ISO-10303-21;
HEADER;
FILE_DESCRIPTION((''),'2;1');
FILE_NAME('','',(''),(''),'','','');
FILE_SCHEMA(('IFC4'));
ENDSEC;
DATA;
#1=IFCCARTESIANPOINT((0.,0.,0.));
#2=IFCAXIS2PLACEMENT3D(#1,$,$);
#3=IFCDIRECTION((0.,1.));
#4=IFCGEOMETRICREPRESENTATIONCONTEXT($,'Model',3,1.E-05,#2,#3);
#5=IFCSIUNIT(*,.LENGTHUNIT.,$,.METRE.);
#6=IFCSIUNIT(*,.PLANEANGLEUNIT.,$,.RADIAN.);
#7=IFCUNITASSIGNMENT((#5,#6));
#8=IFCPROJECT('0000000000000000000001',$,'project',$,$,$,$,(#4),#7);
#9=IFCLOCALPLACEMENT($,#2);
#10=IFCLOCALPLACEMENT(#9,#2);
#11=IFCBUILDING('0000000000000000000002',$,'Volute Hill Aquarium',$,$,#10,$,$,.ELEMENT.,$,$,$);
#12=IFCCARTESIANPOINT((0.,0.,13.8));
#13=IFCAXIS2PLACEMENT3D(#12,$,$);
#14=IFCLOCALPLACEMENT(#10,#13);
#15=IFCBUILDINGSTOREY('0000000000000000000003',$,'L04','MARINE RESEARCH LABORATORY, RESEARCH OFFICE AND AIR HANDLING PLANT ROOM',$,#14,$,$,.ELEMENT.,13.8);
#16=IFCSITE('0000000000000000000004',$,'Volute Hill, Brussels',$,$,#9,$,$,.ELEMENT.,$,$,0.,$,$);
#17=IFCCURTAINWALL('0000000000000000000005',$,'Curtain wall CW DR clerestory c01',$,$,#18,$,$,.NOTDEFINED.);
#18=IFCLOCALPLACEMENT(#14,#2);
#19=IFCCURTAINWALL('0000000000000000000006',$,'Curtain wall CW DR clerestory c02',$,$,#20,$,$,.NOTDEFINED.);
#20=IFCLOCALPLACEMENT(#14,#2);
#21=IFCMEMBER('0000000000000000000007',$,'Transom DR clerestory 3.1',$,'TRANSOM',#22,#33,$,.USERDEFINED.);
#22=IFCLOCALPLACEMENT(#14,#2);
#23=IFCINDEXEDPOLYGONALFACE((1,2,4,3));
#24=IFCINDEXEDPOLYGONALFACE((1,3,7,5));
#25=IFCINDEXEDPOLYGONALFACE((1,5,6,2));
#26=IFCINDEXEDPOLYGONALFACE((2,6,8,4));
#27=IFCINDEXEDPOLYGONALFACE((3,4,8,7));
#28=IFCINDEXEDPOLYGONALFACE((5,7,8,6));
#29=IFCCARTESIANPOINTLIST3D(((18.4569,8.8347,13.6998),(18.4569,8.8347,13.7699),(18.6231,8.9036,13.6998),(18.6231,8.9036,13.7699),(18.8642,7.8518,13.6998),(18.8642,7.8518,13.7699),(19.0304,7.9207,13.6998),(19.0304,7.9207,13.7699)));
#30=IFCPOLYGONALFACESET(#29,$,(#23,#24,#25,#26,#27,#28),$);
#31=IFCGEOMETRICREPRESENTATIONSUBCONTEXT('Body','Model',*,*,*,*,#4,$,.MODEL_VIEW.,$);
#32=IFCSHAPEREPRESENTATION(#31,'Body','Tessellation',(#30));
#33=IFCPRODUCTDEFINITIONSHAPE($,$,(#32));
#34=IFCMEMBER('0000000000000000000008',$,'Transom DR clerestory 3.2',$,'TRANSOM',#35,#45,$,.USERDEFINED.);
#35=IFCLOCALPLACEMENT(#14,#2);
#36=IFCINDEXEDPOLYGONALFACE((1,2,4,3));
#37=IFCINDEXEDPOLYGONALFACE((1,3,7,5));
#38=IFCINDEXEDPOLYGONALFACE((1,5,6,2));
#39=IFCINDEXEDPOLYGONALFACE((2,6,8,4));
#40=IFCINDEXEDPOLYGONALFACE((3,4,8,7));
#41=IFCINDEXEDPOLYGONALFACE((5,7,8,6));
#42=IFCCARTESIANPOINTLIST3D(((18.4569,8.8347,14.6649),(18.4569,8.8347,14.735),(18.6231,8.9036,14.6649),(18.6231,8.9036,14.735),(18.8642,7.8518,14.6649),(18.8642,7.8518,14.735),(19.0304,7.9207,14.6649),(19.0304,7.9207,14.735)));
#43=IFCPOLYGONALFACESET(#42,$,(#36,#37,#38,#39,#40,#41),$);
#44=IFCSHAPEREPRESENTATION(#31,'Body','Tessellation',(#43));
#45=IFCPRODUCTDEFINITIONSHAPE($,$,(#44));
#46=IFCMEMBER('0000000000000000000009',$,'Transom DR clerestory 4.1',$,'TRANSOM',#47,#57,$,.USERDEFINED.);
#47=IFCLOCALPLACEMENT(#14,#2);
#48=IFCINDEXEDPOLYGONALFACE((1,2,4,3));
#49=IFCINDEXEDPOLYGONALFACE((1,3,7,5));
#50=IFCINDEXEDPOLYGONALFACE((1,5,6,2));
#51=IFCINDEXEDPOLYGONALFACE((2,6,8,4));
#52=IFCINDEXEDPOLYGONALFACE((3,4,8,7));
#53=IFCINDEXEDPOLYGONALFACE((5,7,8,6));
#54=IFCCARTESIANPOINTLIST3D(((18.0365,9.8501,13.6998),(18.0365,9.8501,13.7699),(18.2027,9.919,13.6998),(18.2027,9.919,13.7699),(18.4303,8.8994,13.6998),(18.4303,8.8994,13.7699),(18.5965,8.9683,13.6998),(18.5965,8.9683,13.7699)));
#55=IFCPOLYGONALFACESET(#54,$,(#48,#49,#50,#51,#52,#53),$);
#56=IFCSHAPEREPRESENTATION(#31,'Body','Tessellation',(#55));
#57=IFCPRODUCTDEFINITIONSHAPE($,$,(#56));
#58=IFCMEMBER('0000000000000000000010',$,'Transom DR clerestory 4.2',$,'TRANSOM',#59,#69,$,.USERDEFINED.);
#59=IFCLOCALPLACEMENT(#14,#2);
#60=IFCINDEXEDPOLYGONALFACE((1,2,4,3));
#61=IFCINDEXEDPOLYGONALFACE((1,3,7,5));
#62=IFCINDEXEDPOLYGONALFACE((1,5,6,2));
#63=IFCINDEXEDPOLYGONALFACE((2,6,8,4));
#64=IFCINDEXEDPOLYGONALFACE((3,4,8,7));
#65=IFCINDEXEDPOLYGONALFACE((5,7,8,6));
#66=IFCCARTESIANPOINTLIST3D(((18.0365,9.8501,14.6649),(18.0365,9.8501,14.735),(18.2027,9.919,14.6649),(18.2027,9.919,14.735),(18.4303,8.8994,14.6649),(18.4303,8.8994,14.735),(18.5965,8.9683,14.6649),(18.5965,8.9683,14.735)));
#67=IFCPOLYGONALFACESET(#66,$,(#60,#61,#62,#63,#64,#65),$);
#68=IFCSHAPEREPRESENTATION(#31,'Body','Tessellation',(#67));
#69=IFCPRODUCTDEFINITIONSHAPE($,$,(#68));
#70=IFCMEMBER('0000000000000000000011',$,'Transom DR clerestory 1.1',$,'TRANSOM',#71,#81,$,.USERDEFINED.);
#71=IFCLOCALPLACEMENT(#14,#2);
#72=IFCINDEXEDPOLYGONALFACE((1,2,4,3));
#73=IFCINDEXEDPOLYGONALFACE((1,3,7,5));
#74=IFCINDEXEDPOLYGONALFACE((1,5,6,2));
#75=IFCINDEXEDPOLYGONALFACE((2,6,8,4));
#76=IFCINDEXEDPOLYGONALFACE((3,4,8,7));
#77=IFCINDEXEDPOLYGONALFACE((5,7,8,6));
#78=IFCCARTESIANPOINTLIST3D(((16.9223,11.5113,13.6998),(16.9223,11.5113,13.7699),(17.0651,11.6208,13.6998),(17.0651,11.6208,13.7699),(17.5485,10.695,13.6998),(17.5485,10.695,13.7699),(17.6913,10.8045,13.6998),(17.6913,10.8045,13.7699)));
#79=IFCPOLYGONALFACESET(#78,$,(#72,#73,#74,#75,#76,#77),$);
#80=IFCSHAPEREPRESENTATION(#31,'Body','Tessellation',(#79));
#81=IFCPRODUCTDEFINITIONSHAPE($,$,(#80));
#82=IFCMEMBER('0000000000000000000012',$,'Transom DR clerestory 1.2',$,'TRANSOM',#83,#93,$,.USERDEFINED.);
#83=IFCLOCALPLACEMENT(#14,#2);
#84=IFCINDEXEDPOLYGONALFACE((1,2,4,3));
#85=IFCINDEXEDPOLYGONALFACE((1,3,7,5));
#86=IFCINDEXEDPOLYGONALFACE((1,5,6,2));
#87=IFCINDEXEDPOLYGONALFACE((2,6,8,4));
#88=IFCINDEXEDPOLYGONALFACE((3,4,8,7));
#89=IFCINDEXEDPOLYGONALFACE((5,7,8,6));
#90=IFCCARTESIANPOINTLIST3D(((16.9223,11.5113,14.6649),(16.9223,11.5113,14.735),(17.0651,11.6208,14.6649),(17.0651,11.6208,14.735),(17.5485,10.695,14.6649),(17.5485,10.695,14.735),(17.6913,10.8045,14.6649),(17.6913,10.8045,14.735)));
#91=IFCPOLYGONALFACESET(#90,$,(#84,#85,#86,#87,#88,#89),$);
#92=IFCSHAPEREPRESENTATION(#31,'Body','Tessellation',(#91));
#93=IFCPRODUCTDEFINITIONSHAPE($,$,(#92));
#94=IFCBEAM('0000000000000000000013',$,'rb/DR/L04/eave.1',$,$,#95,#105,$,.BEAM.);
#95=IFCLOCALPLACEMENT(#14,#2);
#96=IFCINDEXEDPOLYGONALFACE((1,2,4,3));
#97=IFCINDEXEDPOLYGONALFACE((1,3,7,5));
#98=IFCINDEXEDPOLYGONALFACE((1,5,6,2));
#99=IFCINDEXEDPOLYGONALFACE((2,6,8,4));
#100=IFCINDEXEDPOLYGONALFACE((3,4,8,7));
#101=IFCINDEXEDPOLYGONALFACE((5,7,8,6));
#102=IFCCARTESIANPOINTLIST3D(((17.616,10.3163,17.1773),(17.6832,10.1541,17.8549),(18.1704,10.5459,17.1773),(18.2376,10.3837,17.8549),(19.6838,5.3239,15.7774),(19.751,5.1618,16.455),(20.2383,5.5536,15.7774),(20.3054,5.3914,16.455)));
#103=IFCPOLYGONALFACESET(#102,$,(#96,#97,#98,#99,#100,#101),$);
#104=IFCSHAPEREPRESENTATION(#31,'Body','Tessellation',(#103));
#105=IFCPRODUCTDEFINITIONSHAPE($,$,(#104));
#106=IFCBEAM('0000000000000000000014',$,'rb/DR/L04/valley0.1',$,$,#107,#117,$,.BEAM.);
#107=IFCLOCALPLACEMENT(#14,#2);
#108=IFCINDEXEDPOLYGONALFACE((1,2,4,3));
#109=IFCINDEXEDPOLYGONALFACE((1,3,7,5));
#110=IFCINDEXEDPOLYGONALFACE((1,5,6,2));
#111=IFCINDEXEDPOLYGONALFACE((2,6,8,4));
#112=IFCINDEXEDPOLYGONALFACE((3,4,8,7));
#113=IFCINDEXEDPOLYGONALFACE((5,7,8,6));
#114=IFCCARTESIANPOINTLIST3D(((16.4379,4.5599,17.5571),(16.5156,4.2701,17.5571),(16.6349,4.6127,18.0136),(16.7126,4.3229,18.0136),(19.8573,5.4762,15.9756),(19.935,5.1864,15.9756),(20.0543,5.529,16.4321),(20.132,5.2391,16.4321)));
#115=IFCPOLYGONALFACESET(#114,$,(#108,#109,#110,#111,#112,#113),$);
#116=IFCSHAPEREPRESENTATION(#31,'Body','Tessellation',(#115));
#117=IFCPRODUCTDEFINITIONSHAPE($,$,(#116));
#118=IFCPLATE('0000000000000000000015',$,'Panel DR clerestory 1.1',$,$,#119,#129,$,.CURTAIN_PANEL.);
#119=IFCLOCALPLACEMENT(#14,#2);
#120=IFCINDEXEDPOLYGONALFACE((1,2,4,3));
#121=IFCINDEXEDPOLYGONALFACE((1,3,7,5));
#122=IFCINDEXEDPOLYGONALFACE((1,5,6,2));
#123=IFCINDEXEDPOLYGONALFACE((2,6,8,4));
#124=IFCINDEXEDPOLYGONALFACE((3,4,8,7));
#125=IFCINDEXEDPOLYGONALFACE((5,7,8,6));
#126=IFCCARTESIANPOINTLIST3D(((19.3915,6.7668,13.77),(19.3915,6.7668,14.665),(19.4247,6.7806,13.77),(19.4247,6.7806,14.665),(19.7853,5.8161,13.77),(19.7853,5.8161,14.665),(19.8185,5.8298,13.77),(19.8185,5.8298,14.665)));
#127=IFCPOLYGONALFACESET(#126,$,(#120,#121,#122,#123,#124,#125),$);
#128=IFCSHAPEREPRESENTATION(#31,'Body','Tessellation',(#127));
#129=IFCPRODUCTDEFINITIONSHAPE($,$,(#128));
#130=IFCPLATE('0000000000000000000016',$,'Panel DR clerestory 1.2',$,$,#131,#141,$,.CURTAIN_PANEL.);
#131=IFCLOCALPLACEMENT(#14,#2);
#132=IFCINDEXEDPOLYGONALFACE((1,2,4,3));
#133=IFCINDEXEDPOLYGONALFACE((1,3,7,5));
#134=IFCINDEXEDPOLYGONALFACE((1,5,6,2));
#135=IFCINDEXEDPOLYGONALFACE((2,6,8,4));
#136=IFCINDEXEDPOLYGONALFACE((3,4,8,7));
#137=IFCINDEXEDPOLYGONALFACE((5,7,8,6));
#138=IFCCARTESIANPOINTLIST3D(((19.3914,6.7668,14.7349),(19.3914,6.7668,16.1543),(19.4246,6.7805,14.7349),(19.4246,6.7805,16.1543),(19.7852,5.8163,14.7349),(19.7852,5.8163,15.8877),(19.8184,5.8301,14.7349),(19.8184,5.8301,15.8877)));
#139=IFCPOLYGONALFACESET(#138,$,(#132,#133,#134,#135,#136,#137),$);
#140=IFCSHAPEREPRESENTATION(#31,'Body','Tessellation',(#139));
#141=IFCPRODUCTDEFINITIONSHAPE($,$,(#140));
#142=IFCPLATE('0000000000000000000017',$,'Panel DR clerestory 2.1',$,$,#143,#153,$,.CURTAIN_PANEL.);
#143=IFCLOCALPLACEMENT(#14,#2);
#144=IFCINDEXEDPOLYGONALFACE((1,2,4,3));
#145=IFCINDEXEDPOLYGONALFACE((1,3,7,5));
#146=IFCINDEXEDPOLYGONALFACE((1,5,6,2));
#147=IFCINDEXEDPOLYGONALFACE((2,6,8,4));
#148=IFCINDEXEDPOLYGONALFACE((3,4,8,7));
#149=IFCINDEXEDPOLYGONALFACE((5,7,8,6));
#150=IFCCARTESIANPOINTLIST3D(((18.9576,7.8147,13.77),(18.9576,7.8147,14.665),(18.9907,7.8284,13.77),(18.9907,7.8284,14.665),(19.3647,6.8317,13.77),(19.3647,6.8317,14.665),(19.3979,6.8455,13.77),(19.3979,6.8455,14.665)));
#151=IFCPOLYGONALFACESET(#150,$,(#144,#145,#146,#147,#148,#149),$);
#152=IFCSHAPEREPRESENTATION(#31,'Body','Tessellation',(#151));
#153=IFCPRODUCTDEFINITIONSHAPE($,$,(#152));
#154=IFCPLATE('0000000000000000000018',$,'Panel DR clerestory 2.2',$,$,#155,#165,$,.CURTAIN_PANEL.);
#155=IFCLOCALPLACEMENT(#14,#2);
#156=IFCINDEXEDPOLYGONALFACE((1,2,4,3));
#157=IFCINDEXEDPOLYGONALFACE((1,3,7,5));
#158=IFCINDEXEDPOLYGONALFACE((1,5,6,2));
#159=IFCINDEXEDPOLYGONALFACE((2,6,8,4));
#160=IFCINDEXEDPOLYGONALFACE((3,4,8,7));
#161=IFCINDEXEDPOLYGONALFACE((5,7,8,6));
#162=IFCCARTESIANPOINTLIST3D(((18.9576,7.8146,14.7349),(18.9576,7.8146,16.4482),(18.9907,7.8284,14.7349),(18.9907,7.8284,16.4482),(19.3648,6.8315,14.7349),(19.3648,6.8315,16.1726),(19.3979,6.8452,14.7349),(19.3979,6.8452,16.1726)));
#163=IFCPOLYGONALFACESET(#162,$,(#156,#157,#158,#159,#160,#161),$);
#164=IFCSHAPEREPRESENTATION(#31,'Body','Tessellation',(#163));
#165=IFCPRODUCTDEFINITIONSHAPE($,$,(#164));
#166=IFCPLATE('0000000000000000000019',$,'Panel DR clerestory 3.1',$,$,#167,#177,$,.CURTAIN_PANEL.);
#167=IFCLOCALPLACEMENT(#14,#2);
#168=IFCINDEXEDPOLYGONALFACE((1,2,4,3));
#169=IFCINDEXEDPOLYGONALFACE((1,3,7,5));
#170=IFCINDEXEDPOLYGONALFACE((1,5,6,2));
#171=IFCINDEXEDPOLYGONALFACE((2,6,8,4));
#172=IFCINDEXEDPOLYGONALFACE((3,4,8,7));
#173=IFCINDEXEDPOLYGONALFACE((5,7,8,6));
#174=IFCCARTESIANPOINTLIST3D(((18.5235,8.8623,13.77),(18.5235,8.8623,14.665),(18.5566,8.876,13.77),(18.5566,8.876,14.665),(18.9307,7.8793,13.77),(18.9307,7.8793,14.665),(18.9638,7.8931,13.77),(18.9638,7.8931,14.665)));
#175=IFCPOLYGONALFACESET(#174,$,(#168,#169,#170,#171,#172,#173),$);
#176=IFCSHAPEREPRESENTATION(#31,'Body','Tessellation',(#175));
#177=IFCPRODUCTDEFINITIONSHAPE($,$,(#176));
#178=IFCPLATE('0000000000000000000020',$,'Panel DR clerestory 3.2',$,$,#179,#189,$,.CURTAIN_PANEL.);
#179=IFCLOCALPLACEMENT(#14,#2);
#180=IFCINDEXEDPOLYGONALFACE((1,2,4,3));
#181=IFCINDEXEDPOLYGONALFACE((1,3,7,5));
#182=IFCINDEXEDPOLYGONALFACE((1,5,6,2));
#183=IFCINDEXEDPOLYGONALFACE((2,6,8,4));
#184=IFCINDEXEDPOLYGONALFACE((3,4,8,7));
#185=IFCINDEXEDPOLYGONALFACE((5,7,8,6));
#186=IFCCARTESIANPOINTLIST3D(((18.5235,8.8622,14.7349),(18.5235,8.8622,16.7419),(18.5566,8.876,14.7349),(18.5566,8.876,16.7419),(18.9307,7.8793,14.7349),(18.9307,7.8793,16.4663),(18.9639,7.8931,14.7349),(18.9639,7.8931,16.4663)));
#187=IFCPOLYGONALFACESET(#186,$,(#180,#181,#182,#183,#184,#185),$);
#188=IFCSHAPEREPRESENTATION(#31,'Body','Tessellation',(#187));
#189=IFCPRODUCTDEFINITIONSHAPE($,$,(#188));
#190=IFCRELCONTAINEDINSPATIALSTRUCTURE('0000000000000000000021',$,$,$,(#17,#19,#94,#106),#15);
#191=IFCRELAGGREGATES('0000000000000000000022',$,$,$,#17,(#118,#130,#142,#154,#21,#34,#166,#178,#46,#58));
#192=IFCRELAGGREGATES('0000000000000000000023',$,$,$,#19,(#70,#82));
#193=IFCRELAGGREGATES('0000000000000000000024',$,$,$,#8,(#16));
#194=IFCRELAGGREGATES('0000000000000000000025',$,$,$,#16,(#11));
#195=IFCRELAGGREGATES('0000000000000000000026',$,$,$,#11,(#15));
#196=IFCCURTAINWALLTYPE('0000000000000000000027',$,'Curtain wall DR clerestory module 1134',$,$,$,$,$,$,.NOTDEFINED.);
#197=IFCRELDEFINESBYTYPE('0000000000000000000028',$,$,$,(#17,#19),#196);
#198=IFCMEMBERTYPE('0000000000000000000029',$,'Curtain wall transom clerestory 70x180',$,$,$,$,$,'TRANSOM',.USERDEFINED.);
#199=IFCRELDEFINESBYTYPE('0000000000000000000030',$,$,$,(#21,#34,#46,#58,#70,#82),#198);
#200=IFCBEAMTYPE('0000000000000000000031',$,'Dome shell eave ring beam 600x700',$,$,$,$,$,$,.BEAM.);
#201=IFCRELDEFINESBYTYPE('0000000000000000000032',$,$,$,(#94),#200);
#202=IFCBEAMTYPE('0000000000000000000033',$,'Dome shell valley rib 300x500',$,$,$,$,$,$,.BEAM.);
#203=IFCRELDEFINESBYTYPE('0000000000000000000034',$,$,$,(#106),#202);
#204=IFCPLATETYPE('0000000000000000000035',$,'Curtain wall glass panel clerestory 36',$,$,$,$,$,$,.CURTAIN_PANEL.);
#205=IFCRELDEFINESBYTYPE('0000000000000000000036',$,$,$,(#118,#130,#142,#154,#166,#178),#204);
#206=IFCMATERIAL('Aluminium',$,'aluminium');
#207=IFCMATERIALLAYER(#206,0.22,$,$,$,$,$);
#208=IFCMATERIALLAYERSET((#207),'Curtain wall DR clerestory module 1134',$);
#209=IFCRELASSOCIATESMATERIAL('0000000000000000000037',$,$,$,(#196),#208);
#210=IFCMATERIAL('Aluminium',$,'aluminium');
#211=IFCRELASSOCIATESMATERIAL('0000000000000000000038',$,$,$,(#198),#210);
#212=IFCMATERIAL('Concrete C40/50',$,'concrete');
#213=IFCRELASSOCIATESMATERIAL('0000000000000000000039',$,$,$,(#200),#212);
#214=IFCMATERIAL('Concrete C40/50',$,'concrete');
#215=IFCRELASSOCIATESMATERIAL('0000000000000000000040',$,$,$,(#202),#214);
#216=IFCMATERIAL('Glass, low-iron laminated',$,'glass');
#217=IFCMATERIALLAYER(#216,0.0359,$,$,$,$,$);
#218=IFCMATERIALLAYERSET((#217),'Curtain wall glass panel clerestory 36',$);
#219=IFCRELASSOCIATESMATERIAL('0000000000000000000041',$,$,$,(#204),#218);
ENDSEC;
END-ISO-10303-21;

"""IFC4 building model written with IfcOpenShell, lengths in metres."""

from ifc_helpers import new_model, si_unit, direction, frame, origin, origin_2d, place, context, subcontext, project, spatial, polyline, rectangle, outline, extrude, material, layer, layer_set, material_profile, profile_set, type_object, element, aggregate, save


model = new_model("IFC4")

# Units and contexts
model_context = context("Model", 3, precision=1e-05, world=origin(), true_north=direction((0.0, 1.0)))
body_context = subcontext(model_context, "Body", "Model", "MODEL_VIEW")
ifc_project = project(units=[si_unit("LENGTHUNIT", "METRE"), si_unit("PLANEANGLEUNIT", "RADIAN")], contexts=[model_context])

# Site, building, storey
site_placement = place(None, origin())
site = spatial("IfcSite", under=ifc_project, at=site_placement, Name="Volute Hill, Brussels", CompositionType="ELEMENT", RefElevation=0.0)
building_placement = place(site_placement, origin())
building = spatial("IfcBuilding", under=site, at=building_placement, Name="Volute Hill Aquarium", CompositionType="ELEMENT")
storey_placement = place(building_placement, frame((0.0, 0.0, 13.8)))
storey = spatial("IfcBuildingStorey", under=building, at=storey_placement, Name="L04", Description="MARINE RESEARCH LABORATORY, RESEARCH OFFICE AND AIR HANDLING PLANT ROOM", CompositionType="ELEMENT", Elevation=13.8)

# Curtain wall
ifc_material_1 = material(Name="Aluminium", Category="aluminium")
ifc_layer_1 = layer(ifc_material_1, 0.22)
ifc_layer_set_1 = layer_set([ifc_layer_1], Name="Curtain wall DR clerestory module 1134")
curtain_wall_type = type_object("IfcCurtainWallType", Name="Curtain wall DR clerestory module 1134", PredefinedType="NOTDEFINED", material=ifc_layer_set_1)
curtain_wall_1_placement = place(storey_placement, origin())
curtain_wall_1 = element("IfcCurtainWall", 1, at=curtain_wall_1_placement, inside=storey, type_object=curtain_wall_type, Name="Curtain wall CW DR clerestory c01", PredefinedType="NOTDEFINED")

# Curtain wall
curtain_wall_2_placement = place(storey_placement, origin())
curtain_wall_2 = element("IfcCurtainWall", 2, at=curtain_wall_2_placement, inside=storey, type_object=curtain_wall_type, Name="Curtain wall CW DR clerestory c02", PredefinedType="NOTDEFINED")

# Members
ifc_material_2 = material(Name="Aluminium", Category="aluminium")
ifc_material_profile_1 = material_profile(ifc_material_2, rectangle(XDim=0.1799, YDim=0.0701, at=origin_2d()), Name="Curtain wall transom clerestory 70x180")
ifc_profile_set_1 = profile_set([ifc_material_profile_1], Name="Aluminium")
member_type_1 = type_object("IfcMemberType", Name="Curtain wall transom clerestory 70x180", ElementType="TRANSOM", PredefinedType="USERDEFINED", material=ifc_profile_set_1)
member_1_placement = place(storey_placement, frame((18.9473, 7.8862, 13.7349), z_axis=(-0.382757, 0.923849, 0.0), x_axis=(-0.923849, -0.382757, 0.0)))
member_1 = element("IfcMember", 3, at=member_1_placement, type_object=member_type_1, Name="Transom DR clerestory 3.1", ObjectType="TRANSOM", PredefinedType="USERDEFINED", context=body_context, shape_type="SweptSolid", body=[
    extrude(rectangle(XDim=0.1799, YDim=0.0701, at=origin_2d()), origin(), (0.0, 0.0, 1.0), 1.064),
])
member_2_placement = place(storey_placement, frame((18.9473, 7.8862, 14.7), z_axis=(-0.382757, 0.923849, 0.0), x_axis=(-0.923849, -0.382757, 0.0)))
member_2 = element("IfcMember", 4, at=member_2_placement, type_object=member_type_1, Name="Transom DR clerestory 3.2", ObjectType="TRANSOM", PredefinedType="USERDEFINED", context=body_context, shape_type="SweptSolid", body=[
    extrude(rectangle(XDim=0.1799, YDim=0.0701, at=origin_2d()), origin(), (0.0, 0.0, 1.0), 1.064),
])
member_3_placement = place(storey_placement, frame((18.5134, 8.9338, 13.7349), z_axis=(-0.382694, 0.923875, 0.0), x_axis=(-0.923875, -0.382694, 0.0)))
member_3 = element("IfcMember", 5, at=member_3_placement, type_object=member_type_1, Name="Transom DR clerestory 4.1", ObjectType="TRANSOM", PredefinedType="USERDEFINED", context=body_context, shape_type="SweptSolid", body=[
    extrude(rectangle(XDim=0.1799, YDim=0.0701, at=origin_2d()), origin(), (0.0, 0.0, 1.0), 1.0291),
])
member_4_placement = place(storey_placement, frame((18.5134, 8.9338, 14.7), z_axis=(-0.382694, 0.923875, 0.0), x_axis=(-0.923875, -0.382694, 0.0)))
member_4 = element("IfcMember", 6, at=member_4_placement, type_object=member_type_1, Name="Transom DR clerestory 4.2", ObjectType="TRANSOM", PredefinedType="USERDEFINED", context=body_context, shape_type="SweptSolid", body=[
    extrude(rectangle(XDim=0.1799, YDim=0.0701, at=origin_2d()), origin(), (0.0, 0.0, 1.0), 1.0291),
])
member_5_placement = place(storey_placement, frame((17.6199, 10.7498, 13.7349), z_axis=(-0.608621, 0.793461, 0.0), x_axis=(-0.793461, -0.608621, 0.0)))
member_5 = element("IfcMember", 7, at=member_5_placement, type_object=member_type_1, Name="Transom DR clerestory 1.1", ObjectType="TRANSOM", PredefinedType="USERDEFINED", context=body_context, shape_type="SweptSolid", body=[
    extrude(rectangle(XDim=0.1799, YDim=0.0701, at=origin_2d()), origin(), (0.0, 0.0, 1.0), 1.0288),
])
member_6_placement = place(storey_placement, frame((17.6199, 10.7498, 14.7), z_axis=(-0.608621, 0.793461, 0.0), x_axis=(-0.793461, -0.608621, 0.0)))
member_6 = element("IfcMember", 8, at=member_6_placement, type_object=member_type_1, Name="Transom DR clerestory 1.2", ObjectType="TRANSOM", PredefinedType="USERDEFINED", context=body_context, shape_type="SweptSolid", body=[
    extrude(rectangle(XDim=0.1799, YDim=0.0701, at=origin_2d()), origin(), (0.0, 0.0, 1.0), 1.0288),
])

# Beams
ifc_material_3 = material(Name="Concrete C40/50", Category="concrete")
ifc_material_profile_2 = material_profile(ifc_material_3, rectangle(XDim=0.6001, YDim=0.7, at=origin_2d()), Name="RC beam 600x700")
ifc_profile_set_2 = profile_set([ifc_material_profile_2], Name="Concrete C40/50")
beam_type_1 = type_object("IfcBeamType", Name="Dome shell eave ring beam 600x700", PredefinedType="BEAM", material=ifc_profile_set_2)
beam_1_placement = place(storey_placement, frame((19.9946, 5.3577, 16.1162), z_axis=(-0.370445, 0.894359, 0.250783), x_axis=(-0.923884, -0.382674, 0.0)))
element("IfcBeam", 9, at=beam_1_placement, inside=storey, type_object=beam_type_1, Name="rb/DR/L04/eave.1", PredefinedType="BEAM", context=body_context, shape_type="SweptSolid", body=[
    extrude(rectangle(XDim=0.6001, YDim=0.7, at=origin_2d()), origin(), (0.0, 0.0, 1.0), 5.582),
])
ifc_material_4 = material(Name="Concrete C40/50", Category="concrete")
ifc_material_profile_3 = material_profile(ifc_material_4, rectangle(XDim=0.3, YDim=0.5, at=origin_2d()), Name="RC rib 300x500")
ifc_profile_set_3 = profile_set([ifc_material_profile_3], Name="Concrete C40/50")
beam_type_2 = type_object("IfcBeamType", Name="Dome shell valley rib 300x500", PredefinedType="BEAM", material=ifc_profile_set_3)
beam_2_placement = place(storey_placement, frame((19.9946, 5.3577, 16.2039), z_axis=(-0.881915, -0.236315, 0.4079), x_axis=(0.258826, -0.965924, 0.0)))
element("IfcBeam", 10, at=beam_2_placement, inside=storey, type_object=beam_type_2, Name="rb/DR/L04/valley0.1", PredefinedType="BEAM", context=body_context, shape_type="SweptSolid", body=[
    extrude(rectangle(XDim=0.3, YDim=0.5, at=origin_2d()), origin(), (0.0, 0.0, 1.0), 3.8772),
])

# Plates
ifc_material_5 = material(Name="Glass, low-iron laminated", Category="glass")
ifc_layer_2 = layer(ifc_material_5, 0.0359)
ifc_layer_set_2 = layer_set([ifc_layer_2], Name="Curtain wall glass panel clerestory 36")
plate_type = type_object("IfcPlateType", Name="Curtain wall glass panel clerestory 36", PredefinedType="CURTAIN_PANEL", material=ifc_layer_set_2)
plate_1_placement = place(storey_placement, frame((19.605, 6.2983, 13.77), z_axis=(0.0, 0.0, 1.0), x_axis=(-0.382696, 0.923874, 0.0)))
plate_1 = element("IfcPlate", 11, at=plate_1_placement, type_object=plate_type, Name="Panel DR clerestory 1.1", PredefinedType="CURTAIN_PANEL", context=body_context, shape_type="SweptSolid", body=[
    extrude(rectangle(XDim=1.0291, YDim=0.0359, at=origin_2d()), origin(), (0.0, 0.0, 1.0), 0.895),
])
plate_2_placement = place(storey_placement, frame((19.8184, 5.8301, 14.7349), z_axis=(0.92384, 0.382778, 0.0), x_axis=(-0.382778, 0.92384, 0.0)))
plate_2 = element("IfcPlate", 12, at=plate_2_placement, type_object=plate_type, Name="Panel DR clerestory 1.2", PredefinedType="CURTAIN_PANEL", context=body_context, shape_type="SweptSolid", body=[
    extrude(outline(polyline([(0.0, 0.0), (1.0288, 0.0), (1.0288, 1.4194), (0.0, 1.1528), (0.0, 0.0)])), origin(), (0.0, 0.0, -1.0), 0.0359),
])
plate_3_placement = place(storey_placement, frame((19.1777, 7.3301, 13.77), z_axis=(0.0, 0.0, 1.0), x_axis=(-0.382696, 0.923874, 0.0)))
plate_3 = element("IfcPlate", 13, at=plate_3_placement, type_object=plate_type, Name="Panel DR clerestory 2.1", PredefinedType="CURTAIN_PANEL", context=body_context, shape_type="SweptSolid", body=[
    extrude(rectangle(XDim=1.064, YDim=0.0359, at=origin_2d()), origin(), (0.0, 0.0, 1.0), 0.895),
])
plate_4_placement = place(storey_placement, frame((19.3979, 6.8452, 14.7349), z_axis=(0.923883, 0.382676, 0.0), x_axis=(-0.382676, 0.923883, 0.0)))
plate_4 = element("IfcPlate", 14, at=plate_4_placement, type_object=plate_type, Name="Panel DR clerestory 2.2", PredefinedType="CURTAIN_PANEL", context=body_context, shape_type="SweptSolid", body=[
    extrude(outline(polyline([(0.0, 0.0), (1.0642, 0.0), (1.0642, 1.7134), (0.0, 1.4377), (0.0, 0.0)])), origin(), (0.0, 0.0, -1.0), 0.0359),
])
plate_5_placement = place(storey_placement, frame((18.7437, 8.3777, 13.77), z_axis=(0.0, 0.0, 1.0), x_axis=(-0.382696, 0.923874, 0.0)))
plate_5 = element("IfcPlate", 15, at=plate_5_placement, type_object=plate_type, Name="Panel DR clerestory 3.1", PredefinedType="CURTAIN_PANEL", context=body_context, shape_type="SweptSolid", body=[
    extrude(rectangle(XDim=1.064, YDim=0.0359, at=origin_2d()), origin(), (0.0, 0.0, 1.0), 0.895),
])
plate_6_placement = place(storey_placement, frame((18.9639, 7.8931, 14.7349), z_axis=(0.923849, 0.382757, 0.0), x_axis=(-0.382757, 0.923849, 0.0)))
plate_6 = element("IfcPlate", 16, at=plate_6_placement, type_object=plate_type, Name="Panel DR clerestory 3.2", PredefinedType="CURTAIN_PANEL", context=body_context, shape_type="SweptSolid", body=[
    extrude(outline(polyline([(0.0, 0.0), (1.0639, 0.0), (1.0639, 2.0071), (0.0, 1.7314), (0.0, 0.0)])), origin(), (0.0, 0.0, -1.0), 0.0359),
])
aggregate(curtain_wall_1, [plate_1, plate_2, plate_3, plate_4, member_1, member_2, plate_5, plate_6, member_3, member_4])
aggregate(curtain_wall_2, [member_5, member_6])

save(model, "model.ifc")
